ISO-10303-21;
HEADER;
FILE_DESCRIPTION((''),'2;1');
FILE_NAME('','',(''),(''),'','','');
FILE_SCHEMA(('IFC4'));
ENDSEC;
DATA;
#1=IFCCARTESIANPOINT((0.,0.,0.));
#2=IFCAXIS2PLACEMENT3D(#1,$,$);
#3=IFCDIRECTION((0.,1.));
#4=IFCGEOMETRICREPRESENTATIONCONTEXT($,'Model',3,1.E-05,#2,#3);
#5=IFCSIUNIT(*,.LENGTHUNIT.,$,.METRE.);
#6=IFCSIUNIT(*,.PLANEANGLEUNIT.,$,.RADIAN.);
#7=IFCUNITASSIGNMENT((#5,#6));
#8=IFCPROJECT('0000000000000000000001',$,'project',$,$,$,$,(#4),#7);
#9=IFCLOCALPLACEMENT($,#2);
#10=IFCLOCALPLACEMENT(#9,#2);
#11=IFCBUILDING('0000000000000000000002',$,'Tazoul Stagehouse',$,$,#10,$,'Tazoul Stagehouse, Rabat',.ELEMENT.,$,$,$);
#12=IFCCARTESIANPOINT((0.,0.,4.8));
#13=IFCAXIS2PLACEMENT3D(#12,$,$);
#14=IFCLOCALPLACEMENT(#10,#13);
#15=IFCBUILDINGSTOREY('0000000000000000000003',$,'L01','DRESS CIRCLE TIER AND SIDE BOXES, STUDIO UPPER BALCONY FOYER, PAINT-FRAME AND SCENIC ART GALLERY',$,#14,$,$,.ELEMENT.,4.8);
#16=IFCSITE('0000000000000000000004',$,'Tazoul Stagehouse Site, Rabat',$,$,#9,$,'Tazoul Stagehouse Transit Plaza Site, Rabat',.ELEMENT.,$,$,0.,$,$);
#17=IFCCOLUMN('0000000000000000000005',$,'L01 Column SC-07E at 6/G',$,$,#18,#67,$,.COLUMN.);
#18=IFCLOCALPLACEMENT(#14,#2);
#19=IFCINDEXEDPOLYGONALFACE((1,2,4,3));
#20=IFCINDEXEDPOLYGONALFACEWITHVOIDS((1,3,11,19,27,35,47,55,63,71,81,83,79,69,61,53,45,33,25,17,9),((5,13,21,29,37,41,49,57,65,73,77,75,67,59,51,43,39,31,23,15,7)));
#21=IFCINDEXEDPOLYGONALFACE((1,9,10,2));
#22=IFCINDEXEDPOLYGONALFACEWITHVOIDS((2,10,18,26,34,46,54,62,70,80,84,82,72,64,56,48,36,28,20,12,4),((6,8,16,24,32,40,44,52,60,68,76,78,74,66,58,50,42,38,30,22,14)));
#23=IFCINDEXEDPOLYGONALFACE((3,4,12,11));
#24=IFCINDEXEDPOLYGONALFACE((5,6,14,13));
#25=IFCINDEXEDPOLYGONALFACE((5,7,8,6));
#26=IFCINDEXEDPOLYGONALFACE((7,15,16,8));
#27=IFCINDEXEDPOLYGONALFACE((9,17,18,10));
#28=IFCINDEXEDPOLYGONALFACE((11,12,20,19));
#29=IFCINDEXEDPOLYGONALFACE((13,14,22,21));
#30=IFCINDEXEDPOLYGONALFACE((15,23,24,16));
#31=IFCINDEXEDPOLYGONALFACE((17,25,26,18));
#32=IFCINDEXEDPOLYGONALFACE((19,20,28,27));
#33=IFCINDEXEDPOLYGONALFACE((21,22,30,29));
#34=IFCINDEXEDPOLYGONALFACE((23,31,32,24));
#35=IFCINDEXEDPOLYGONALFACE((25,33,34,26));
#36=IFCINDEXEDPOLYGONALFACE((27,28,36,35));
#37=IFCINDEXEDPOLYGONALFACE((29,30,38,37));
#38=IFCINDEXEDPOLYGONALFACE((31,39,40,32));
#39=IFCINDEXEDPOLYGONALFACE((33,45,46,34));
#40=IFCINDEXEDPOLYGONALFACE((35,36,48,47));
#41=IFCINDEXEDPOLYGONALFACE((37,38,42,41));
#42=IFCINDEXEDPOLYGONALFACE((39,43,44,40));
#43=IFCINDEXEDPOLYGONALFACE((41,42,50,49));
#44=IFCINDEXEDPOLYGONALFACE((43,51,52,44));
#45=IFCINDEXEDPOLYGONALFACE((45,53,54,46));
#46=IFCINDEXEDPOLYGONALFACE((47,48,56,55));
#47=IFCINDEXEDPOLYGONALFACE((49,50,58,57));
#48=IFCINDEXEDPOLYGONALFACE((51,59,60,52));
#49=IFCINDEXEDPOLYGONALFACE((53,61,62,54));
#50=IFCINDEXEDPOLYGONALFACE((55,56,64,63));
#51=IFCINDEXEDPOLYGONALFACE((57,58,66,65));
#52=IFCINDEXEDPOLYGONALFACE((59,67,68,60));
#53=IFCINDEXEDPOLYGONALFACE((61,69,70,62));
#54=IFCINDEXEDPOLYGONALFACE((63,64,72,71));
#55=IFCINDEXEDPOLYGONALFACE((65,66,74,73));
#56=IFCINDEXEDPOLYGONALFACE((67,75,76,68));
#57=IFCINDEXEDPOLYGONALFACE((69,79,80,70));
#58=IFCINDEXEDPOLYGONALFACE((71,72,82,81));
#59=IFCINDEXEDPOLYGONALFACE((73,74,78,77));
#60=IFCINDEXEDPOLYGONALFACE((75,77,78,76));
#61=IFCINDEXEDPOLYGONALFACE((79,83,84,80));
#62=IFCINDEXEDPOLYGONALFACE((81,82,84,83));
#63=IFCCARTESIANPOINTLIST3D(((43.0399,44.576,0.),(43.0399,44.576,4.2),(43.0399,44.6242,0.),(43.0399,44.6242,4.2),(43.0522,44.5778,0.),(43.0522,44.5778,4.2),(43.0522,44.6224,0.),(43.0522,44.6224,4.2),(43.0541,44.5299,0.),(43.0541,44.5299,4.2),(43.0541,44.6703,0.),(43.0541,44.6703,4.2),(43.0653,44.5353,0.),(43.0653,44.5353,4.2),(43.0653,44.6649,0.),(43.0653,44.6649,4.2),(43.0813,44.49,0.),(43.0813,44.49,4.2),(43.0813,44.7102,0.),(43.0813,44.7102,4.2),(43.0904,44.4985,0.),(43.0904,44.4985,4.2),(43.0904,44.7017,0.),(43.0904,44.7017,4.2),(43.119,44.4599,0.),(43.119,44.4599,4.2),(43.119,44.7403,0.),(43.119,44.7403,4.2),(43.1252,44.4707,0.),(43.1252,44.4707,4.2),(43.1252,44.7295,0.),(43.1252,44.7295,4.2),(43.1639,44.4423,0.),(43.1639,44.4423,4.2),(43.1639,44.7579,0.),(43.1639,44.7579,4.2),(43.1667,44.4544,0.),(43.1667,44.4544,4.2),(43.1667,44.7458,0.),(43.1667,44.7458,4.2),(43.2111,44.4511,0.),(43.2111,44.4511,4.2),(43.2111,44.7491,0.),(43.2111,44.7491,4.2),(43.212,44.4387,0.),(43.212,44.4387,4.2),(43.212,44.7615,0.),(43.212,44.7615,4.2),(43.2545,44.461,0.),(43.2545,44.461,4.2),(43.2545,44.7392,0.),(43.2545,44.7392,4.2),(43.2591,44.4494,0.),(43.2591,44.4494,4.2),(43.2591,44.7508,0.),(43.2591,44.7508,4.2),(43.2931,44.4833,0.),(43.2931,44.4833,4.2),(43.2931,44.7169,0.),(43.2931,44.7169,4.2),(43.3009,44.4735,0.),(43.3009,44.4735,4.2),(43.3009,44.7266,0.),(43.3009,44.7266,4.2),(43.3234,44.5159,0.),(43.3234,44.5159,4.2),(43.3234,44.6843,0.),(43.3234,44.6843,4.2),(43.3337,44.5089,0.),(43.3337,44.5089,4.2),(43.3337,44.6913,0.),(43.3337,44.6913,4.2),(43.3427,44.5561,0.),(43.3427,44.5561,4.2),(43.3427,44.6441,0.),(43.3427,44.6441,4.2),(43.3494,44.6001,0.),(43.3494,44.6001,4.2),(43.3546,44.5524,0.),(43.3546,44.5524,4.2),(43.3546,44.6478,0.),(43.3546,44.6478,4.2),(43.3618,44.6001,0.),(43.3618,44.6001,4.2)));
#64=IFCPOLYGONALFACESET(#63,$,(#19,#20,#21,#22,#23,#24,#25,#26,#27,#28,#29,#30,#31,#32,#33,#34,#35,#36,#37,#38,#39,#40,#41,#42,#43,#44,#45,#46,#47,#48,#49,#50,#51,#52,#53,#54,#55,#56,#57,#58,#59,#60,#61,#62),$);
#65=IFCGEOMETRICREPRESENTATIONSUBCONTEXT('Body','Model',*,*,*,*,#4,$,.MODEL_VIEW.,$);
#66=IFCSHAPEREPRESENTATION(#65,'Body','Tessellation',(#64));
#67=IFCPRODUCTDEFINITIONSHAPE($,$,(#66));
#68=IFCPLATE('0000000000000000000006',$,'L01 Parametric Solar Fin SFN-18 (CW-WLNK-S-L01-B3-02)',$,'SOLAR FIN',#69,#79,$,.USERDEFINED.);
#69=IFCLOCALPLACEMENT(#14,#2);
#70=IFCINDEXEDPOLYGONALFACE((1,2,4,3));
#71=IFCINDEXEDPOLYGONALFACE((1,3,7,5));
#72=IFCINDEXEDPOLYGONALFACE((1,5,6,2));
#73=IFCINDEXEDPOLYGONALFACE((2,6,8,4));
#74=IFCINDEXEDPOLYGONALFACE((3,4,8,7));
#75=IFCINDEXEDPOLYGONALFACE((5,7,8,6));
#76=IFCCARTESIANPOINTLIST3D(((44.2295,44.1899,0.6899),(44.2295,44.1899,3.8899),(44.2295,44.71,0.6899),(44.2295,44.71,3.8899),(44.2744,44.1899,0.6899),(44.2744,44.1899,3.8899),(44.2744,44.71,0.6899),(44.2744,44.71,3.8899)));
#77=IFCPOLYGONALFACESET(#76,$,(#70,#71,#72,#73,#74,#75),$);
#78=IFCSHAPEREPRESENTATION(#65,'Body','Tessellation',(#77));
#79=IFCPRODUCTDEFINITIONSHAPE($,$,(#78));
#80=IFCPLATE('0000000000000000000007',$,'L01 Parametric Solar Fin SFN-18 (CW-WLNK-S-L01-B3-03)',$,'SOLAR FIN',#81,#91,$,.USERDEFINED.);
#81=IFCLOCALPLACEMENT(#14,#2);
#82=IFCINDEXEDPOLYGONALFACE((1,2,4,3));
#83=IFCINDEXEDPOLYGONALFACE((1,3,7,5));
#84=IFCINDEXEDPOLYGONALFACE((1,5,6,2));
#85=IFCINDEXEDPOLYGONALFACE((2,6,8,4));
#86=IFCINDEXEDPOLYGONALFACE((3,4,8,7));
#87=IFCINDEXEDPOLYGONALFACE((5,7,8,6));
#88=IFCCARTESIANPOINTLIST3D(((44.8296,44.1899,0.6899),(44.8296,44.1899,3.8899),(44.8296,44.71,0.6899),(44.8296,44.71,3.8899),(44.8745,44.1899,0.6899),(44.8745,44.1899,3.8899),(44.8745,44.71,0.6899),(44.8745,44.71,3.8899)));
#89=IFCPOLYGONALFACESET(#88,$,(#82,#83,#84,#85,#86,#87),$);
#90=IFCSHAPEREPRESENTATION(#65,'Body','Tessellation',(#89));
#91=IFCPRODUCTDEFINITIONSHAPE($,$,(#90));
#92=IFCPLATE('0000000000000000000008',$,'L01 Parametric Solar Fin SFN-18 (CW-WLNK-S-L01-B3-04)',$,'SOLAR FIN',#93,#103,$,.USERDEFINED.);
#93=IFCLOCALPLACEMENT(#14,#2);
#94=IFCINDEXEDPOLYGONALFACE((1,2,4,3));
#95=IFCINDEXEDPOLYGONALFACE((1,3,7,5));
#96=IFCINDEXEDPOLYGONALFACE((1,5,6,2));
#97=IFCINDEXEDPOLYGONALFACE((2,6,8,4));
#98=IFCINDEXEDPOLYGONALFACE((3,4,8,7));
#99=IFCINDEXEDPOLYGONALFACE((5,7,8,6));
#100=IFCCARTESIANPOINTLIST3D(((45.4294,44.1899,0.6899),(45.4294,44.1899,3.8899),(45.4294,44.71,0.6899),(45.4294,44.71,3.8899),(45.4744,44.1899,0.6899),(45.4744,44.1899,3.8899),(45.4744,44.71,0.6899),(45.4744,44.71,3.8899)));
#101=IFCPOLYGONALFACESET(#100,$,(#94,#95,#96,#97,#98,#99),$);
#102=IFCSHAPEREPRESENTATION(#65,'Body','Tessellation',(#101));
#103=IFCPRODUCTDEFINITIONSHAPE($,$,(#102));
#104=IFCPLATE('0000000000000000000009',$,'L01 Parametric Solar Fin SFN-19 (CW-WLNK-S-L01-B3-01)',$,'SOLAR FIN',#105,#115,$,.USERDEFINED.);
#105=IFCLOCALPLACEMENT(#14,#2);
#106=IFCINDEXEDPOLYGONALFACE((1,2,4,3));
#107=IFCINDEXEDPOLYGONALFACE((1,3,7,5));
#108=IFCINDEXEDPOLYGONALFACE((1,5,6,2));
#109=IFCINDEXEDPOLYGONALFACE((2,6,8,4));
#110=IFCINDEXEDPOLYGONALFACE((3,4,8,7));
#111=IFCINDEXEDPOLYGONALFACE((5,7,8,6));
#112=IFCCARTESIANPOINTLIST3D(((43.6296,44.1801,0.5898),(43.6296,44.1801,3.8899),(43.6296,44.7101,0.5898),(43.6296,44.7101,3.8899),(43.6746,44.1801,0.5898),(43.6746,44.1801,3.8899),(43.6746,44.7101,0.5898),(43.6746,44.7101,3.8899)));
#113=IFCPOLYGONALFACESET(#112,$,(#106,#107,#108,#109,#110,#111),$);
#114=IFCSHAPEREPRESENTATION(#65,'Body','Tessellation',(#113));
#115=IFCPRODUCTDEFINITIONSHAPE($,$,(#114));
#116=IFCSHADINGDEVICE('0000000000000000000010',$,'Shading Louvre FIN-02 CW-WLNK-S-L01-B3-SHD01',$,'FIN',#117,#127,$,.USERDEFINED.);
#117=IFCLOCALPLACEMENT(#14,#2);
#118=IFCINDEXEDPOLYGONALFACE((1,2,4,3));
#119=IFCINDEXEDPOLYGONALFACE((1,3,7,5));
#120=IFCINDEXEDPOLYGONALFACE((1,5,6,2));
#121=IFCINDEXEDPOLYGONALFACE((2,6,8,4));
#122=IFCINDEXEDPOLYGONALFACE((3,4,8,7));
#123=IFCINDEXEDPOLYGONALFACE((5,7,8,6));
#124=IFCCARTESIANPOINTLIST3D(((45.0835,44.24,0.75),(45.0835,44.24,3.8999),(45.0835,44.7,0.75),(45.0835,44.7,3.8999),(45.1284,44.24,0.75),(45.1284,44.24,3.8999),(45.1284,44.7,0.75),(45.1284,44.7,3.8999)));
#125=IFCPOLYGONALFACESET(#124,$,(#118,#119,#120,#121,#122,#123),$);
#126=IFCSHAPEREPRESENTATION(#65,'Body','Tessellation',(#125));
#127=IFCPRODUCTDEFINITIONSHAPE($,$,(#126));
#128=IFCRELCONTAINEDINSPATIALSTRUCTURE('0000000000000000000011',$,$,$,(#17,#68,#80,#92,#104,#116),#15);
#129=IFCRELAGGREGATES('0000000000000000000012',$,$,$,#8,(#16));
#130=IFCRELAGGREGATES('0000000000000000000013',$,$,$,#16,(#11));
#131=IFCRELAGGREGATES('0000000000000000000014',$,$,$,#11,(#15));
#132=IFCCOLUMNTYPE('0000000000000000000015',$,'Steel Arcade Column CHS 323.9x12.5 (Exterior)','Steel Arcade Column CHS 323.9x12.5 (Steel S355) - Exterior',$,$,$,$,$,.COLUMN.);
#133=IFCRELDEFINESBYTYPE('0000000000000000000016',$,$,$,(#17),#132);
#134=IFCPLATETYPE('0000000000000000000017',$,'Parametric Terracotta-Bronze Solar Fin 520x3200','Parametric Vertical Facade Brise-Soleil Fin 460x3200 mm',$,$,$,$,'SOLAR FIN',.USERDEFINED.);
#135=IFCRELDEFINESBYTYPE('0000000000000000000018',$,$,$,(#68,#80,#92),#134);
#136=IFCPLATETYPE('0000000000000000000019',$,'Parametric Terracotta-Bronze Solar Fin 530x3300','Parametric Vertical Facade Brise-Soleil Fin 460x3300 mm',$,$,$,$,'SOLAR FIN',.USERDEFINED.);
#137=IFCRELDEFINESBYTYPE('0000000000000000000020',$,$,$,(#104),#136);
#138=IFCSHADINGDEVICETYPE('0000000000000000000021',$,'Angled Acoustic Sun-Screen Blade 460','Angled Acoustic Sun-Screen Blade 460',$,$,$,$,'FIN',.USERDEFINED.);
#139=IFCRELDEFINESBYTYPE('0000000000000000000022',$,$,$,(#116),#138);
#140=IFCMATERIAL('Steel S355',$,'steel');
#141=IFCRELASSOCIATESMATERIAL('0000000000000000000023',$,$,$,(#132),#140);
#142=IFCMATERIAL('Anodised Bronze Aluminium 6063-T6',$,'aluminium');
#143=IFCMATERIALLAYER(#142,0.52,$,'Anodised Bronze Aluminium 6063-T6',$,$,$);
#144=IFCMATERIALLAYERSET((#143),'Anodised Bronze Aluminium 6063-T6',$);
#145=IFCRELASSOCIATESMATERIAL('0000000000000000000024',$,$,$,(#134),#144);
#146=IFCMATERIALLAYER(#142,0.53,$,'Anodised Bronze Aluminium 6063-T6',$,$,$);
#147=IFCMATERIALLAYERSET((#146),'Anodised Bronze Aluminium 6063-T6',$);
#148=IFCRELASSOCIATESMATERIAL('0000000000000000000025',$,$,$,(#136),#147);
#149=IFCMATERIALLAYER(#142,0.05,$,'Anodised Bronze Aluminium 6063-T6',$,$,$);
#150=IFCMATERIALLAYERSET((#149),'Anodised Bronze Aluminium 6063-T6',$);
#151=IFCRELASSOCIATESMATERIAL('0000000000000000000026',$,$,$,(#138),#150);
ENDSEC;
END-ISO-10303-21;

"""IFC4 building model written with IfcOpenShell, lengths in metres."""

from ifc_helpers import new_model, si_unit, direction, frame, origin, origin_2d, place, context, subcontext, project, spatial, rectangle, hollow_circle, extrude, material, layer, layer_set, material_profile, profile_set, type_object, element, save


model = new_model("IFC4")

# Units and contexts
model_context = context("Model", 3, precision=1e-05, world=origin(), true_north=direction((0.0, 1.0)))
body_context = subcontext(model_context, "Body", "Model", "MODEL_VIEW")
ifc_project = project(units=[si_unit("LENGTHUNIT", "METRE"), si_unit("PLANEANGLEUNIT", "RADIAN")], contexts=[model_context])

# Site, building, storey
site_placement = place(None, origin())
site = spatial("IfcSite", under=ifc_project, at=site_placement, Name="Tazoul Stagehouse Site, Rabat", LongName="Tazoul Stagehouse Transit Plaza Site, Rabat", CompositionType="ELEMENT", RefElevation=0.0)
building_placement = place(site_placement, origin())
building = spatial("IfcBuilding", under=site, at=building_placement, Name="Tazoul Stagehouse", LongName="Tazoul Stagehouse, Rabat", CompositionType="ELEMENT")
storey_placement = place(building_placement, frame((0.0, 0.0, 4.8)))
storey = spatial("IfcBuildingStorey", under=building, at=storey_placement, Name="L01", Description="DRESS CIRCLE TIER AND SIDE BOXES, STUDIO UPPER BALCONY FOYER, PAINT-FRAME AND SCENIC ART GALLERY", CompositionType="ELEMENT", Elevation=4.8)

# Column
ifc_material_1 = material(Name="Steel S355", Category="steel")
ifc_material_profile = material_profile(ifc_material_1, hollow_circle(Radius=0.1619, WallThickness=0.0125, at=origin_2d()), Name="CHS 323.9x12.5")
ifc_profile_set = profile_set([ifc_material_profile], Name="Steel S355")
column_type = type_object("IfcColumnType", Name="Steel Arcade Column CHS 323.9x12.5 (Exterior)", Description="Steel Arcade Column CHS 323.9x12.5 (Steel S355) - Exterior", PredefinedType="COLUMN", material=ifc_profile_set)
column_placement = place(storey_placement, frame((43.2, 44.6001, 0.0), z_axis=(0.0, 0.0, 1.0), x_axis=(1.0, 0.0, 0.0)))
element("IfcColumn", 1, at=column_placement, inside=storey, type_object=column_type, Name="L01 Column SC-07E at 6/G", PredefinedType="COLUMN", context=body_context, shape_type="SweptSolid", body=[
    extrude(hollow_circle(Radius=0.1619, WallThickness=0.0125, at=origin_2d()), origin(), (0.0, 0.0, 1.0), 4.2),
])

# Plates
ifc_material_2 = material(Name="Anodised Bronze Aluminium 6063-T6", Category="aluminium")
ifc_layer_1 = layer(ifc_material_2, 0.52, Name="Anodised Bronze Aluminium 6063-T6")
ifc_layer_set_1 = layer_set([ifc_layer_1], Name="Anodised Bronze Aluminium 6063-T6")
plate_type_1 = type_object("IfcPlateType", Name="Parametric Terracotta-Bronze Solar Fin 520x3200", Description="Parametric Vertical Facade Brise-Soleil Fin 460x3200 mm", ElementType="SOLAR FIN", PredefinedType="USERDEFINED", material=ifc_layer_set_1)
for number, where, z_axis, x_axis, name in (
    (2, (44.252, 44.45, 0.6899), (0.0, 0.0, 1.0), (1.0, 0.0, 0.0), "L01 Parametric Solar Fin SFN-18 (CW-WLNK-S-L01-B3-02)"),
    (3, (44.8521, 44.45, 0.6899), (0.0, 0.0, 1.0), (1.0, 0.0, 0.0), "L01 Parametric Solar Fin SFN-18 (CW-WLNK-S-L01-B3-03)"),
    (4, (45.4519, 44.45, 0.6899), (0.0, 0.0, 1.0), (1.0, 0.0, 0.0), "L01 Parametric Solar Fin SFN-18 (CW-WLNK-S-L01-B3-04)"),
):
    element("IfcPlate", number, at=place(storey_placement, frame(where, z_axis=z_axis, x_axis=x_axis)), inside=storey, type_object=plate_type_1, Name=name, ObjectType="SOLAR FIN", PredefinedType="USERDEFINED", context=body_context, shape_type="SweptSolid", body=[
        extrude(rectangle(XDim=0.0449, YDim=0.52, at=origin_2d()), origin(), (0.0, 0.0, 1.0), 3.2),
    ])
ifc_layer_2 = layer(ifc_material_2, 0.53, Name="Anodised Bronze Aluminium 6063-T6")
ifc_layer_set_2 = layer_set([ifc_layer_2], Name="Anodised Bronze Aluminium 6063-T6")
plate_type_2 = type_object("IfcPlateType", Name="Parametric Terracotta-Bronze Solar Fin 530x3300", Description="Parametric Vertical Facade Brise-Soleil Fin 460x3300 mm", ElementType="SOLAR FIN", PredefinedType="USERDEFINED", material=ifc_layer_set_2)
plate_placement = place(storey_placement, frame((43.6521, 44.4451, 0.5898), z_axis=(0.0, 0.0, 1.0), x_axis=(1.0, 0.0, 0.0)))
element("IfcPlate", 5, at=plate_placement, inside=storey, type_object=plate_type_2, Name="L01 Parametric Solar Fin SFN-19 (CW-WLNK-S-L01-B3-01)", ObjectType="SOLAR FIN", PredefinedType="USERDEFINED", context=body_context, shape_type="SweptSolid", body=[
    extrude(rectangle(XDim=0.0449, YDim=0.53, at=origin_2d()), origin(), (0.0, 0.0, 1.0), 3.3),
])

# Shading device
ifc_layer_3 = layer(ifc_material_2, 0.05, Name="Anodised Bronze Aluminium 6063-T6")
ifc_layer_set_3 = layer_set([ifc_layer_3], Name="Anodised Bronze Aluminium 6063-T6")
shading_device_type = type_object("IfcShadingDeviceType", Name="Angled Acoustic Sun-Screen Blade 460", Description="Angled Acoustic Sun-Screen Blade 460", ElementType="FIN", PredefinedType="USERDEFINED", material=ifc_layer_set_3)
shading_device_placement = place(storey_placement, frame((45.106, 44.47, 0.75), z_axis=(0.0, 0.0, 1.0), x_axis=(1.0, 0.0, 0.0)))
element("IfcShadingDevice", 6, at=shading_device_placement, inside=storey, type_object=shading_device_type, Name="Shading Louvre FIN-02 CW-WLNK-S-L01-B3-SHD01", ObjectType="FIN", PredefinedType="USERDEFINED", context=body_context, shape_type="SweptSolid", body=[
    extrude(rectangle(XDim=0.0449, YDim=0.46, at=origin_2d()), origin(), (0.0, 0.0, 1.0), 3.1499),
])

save(model, "model.ifc")
